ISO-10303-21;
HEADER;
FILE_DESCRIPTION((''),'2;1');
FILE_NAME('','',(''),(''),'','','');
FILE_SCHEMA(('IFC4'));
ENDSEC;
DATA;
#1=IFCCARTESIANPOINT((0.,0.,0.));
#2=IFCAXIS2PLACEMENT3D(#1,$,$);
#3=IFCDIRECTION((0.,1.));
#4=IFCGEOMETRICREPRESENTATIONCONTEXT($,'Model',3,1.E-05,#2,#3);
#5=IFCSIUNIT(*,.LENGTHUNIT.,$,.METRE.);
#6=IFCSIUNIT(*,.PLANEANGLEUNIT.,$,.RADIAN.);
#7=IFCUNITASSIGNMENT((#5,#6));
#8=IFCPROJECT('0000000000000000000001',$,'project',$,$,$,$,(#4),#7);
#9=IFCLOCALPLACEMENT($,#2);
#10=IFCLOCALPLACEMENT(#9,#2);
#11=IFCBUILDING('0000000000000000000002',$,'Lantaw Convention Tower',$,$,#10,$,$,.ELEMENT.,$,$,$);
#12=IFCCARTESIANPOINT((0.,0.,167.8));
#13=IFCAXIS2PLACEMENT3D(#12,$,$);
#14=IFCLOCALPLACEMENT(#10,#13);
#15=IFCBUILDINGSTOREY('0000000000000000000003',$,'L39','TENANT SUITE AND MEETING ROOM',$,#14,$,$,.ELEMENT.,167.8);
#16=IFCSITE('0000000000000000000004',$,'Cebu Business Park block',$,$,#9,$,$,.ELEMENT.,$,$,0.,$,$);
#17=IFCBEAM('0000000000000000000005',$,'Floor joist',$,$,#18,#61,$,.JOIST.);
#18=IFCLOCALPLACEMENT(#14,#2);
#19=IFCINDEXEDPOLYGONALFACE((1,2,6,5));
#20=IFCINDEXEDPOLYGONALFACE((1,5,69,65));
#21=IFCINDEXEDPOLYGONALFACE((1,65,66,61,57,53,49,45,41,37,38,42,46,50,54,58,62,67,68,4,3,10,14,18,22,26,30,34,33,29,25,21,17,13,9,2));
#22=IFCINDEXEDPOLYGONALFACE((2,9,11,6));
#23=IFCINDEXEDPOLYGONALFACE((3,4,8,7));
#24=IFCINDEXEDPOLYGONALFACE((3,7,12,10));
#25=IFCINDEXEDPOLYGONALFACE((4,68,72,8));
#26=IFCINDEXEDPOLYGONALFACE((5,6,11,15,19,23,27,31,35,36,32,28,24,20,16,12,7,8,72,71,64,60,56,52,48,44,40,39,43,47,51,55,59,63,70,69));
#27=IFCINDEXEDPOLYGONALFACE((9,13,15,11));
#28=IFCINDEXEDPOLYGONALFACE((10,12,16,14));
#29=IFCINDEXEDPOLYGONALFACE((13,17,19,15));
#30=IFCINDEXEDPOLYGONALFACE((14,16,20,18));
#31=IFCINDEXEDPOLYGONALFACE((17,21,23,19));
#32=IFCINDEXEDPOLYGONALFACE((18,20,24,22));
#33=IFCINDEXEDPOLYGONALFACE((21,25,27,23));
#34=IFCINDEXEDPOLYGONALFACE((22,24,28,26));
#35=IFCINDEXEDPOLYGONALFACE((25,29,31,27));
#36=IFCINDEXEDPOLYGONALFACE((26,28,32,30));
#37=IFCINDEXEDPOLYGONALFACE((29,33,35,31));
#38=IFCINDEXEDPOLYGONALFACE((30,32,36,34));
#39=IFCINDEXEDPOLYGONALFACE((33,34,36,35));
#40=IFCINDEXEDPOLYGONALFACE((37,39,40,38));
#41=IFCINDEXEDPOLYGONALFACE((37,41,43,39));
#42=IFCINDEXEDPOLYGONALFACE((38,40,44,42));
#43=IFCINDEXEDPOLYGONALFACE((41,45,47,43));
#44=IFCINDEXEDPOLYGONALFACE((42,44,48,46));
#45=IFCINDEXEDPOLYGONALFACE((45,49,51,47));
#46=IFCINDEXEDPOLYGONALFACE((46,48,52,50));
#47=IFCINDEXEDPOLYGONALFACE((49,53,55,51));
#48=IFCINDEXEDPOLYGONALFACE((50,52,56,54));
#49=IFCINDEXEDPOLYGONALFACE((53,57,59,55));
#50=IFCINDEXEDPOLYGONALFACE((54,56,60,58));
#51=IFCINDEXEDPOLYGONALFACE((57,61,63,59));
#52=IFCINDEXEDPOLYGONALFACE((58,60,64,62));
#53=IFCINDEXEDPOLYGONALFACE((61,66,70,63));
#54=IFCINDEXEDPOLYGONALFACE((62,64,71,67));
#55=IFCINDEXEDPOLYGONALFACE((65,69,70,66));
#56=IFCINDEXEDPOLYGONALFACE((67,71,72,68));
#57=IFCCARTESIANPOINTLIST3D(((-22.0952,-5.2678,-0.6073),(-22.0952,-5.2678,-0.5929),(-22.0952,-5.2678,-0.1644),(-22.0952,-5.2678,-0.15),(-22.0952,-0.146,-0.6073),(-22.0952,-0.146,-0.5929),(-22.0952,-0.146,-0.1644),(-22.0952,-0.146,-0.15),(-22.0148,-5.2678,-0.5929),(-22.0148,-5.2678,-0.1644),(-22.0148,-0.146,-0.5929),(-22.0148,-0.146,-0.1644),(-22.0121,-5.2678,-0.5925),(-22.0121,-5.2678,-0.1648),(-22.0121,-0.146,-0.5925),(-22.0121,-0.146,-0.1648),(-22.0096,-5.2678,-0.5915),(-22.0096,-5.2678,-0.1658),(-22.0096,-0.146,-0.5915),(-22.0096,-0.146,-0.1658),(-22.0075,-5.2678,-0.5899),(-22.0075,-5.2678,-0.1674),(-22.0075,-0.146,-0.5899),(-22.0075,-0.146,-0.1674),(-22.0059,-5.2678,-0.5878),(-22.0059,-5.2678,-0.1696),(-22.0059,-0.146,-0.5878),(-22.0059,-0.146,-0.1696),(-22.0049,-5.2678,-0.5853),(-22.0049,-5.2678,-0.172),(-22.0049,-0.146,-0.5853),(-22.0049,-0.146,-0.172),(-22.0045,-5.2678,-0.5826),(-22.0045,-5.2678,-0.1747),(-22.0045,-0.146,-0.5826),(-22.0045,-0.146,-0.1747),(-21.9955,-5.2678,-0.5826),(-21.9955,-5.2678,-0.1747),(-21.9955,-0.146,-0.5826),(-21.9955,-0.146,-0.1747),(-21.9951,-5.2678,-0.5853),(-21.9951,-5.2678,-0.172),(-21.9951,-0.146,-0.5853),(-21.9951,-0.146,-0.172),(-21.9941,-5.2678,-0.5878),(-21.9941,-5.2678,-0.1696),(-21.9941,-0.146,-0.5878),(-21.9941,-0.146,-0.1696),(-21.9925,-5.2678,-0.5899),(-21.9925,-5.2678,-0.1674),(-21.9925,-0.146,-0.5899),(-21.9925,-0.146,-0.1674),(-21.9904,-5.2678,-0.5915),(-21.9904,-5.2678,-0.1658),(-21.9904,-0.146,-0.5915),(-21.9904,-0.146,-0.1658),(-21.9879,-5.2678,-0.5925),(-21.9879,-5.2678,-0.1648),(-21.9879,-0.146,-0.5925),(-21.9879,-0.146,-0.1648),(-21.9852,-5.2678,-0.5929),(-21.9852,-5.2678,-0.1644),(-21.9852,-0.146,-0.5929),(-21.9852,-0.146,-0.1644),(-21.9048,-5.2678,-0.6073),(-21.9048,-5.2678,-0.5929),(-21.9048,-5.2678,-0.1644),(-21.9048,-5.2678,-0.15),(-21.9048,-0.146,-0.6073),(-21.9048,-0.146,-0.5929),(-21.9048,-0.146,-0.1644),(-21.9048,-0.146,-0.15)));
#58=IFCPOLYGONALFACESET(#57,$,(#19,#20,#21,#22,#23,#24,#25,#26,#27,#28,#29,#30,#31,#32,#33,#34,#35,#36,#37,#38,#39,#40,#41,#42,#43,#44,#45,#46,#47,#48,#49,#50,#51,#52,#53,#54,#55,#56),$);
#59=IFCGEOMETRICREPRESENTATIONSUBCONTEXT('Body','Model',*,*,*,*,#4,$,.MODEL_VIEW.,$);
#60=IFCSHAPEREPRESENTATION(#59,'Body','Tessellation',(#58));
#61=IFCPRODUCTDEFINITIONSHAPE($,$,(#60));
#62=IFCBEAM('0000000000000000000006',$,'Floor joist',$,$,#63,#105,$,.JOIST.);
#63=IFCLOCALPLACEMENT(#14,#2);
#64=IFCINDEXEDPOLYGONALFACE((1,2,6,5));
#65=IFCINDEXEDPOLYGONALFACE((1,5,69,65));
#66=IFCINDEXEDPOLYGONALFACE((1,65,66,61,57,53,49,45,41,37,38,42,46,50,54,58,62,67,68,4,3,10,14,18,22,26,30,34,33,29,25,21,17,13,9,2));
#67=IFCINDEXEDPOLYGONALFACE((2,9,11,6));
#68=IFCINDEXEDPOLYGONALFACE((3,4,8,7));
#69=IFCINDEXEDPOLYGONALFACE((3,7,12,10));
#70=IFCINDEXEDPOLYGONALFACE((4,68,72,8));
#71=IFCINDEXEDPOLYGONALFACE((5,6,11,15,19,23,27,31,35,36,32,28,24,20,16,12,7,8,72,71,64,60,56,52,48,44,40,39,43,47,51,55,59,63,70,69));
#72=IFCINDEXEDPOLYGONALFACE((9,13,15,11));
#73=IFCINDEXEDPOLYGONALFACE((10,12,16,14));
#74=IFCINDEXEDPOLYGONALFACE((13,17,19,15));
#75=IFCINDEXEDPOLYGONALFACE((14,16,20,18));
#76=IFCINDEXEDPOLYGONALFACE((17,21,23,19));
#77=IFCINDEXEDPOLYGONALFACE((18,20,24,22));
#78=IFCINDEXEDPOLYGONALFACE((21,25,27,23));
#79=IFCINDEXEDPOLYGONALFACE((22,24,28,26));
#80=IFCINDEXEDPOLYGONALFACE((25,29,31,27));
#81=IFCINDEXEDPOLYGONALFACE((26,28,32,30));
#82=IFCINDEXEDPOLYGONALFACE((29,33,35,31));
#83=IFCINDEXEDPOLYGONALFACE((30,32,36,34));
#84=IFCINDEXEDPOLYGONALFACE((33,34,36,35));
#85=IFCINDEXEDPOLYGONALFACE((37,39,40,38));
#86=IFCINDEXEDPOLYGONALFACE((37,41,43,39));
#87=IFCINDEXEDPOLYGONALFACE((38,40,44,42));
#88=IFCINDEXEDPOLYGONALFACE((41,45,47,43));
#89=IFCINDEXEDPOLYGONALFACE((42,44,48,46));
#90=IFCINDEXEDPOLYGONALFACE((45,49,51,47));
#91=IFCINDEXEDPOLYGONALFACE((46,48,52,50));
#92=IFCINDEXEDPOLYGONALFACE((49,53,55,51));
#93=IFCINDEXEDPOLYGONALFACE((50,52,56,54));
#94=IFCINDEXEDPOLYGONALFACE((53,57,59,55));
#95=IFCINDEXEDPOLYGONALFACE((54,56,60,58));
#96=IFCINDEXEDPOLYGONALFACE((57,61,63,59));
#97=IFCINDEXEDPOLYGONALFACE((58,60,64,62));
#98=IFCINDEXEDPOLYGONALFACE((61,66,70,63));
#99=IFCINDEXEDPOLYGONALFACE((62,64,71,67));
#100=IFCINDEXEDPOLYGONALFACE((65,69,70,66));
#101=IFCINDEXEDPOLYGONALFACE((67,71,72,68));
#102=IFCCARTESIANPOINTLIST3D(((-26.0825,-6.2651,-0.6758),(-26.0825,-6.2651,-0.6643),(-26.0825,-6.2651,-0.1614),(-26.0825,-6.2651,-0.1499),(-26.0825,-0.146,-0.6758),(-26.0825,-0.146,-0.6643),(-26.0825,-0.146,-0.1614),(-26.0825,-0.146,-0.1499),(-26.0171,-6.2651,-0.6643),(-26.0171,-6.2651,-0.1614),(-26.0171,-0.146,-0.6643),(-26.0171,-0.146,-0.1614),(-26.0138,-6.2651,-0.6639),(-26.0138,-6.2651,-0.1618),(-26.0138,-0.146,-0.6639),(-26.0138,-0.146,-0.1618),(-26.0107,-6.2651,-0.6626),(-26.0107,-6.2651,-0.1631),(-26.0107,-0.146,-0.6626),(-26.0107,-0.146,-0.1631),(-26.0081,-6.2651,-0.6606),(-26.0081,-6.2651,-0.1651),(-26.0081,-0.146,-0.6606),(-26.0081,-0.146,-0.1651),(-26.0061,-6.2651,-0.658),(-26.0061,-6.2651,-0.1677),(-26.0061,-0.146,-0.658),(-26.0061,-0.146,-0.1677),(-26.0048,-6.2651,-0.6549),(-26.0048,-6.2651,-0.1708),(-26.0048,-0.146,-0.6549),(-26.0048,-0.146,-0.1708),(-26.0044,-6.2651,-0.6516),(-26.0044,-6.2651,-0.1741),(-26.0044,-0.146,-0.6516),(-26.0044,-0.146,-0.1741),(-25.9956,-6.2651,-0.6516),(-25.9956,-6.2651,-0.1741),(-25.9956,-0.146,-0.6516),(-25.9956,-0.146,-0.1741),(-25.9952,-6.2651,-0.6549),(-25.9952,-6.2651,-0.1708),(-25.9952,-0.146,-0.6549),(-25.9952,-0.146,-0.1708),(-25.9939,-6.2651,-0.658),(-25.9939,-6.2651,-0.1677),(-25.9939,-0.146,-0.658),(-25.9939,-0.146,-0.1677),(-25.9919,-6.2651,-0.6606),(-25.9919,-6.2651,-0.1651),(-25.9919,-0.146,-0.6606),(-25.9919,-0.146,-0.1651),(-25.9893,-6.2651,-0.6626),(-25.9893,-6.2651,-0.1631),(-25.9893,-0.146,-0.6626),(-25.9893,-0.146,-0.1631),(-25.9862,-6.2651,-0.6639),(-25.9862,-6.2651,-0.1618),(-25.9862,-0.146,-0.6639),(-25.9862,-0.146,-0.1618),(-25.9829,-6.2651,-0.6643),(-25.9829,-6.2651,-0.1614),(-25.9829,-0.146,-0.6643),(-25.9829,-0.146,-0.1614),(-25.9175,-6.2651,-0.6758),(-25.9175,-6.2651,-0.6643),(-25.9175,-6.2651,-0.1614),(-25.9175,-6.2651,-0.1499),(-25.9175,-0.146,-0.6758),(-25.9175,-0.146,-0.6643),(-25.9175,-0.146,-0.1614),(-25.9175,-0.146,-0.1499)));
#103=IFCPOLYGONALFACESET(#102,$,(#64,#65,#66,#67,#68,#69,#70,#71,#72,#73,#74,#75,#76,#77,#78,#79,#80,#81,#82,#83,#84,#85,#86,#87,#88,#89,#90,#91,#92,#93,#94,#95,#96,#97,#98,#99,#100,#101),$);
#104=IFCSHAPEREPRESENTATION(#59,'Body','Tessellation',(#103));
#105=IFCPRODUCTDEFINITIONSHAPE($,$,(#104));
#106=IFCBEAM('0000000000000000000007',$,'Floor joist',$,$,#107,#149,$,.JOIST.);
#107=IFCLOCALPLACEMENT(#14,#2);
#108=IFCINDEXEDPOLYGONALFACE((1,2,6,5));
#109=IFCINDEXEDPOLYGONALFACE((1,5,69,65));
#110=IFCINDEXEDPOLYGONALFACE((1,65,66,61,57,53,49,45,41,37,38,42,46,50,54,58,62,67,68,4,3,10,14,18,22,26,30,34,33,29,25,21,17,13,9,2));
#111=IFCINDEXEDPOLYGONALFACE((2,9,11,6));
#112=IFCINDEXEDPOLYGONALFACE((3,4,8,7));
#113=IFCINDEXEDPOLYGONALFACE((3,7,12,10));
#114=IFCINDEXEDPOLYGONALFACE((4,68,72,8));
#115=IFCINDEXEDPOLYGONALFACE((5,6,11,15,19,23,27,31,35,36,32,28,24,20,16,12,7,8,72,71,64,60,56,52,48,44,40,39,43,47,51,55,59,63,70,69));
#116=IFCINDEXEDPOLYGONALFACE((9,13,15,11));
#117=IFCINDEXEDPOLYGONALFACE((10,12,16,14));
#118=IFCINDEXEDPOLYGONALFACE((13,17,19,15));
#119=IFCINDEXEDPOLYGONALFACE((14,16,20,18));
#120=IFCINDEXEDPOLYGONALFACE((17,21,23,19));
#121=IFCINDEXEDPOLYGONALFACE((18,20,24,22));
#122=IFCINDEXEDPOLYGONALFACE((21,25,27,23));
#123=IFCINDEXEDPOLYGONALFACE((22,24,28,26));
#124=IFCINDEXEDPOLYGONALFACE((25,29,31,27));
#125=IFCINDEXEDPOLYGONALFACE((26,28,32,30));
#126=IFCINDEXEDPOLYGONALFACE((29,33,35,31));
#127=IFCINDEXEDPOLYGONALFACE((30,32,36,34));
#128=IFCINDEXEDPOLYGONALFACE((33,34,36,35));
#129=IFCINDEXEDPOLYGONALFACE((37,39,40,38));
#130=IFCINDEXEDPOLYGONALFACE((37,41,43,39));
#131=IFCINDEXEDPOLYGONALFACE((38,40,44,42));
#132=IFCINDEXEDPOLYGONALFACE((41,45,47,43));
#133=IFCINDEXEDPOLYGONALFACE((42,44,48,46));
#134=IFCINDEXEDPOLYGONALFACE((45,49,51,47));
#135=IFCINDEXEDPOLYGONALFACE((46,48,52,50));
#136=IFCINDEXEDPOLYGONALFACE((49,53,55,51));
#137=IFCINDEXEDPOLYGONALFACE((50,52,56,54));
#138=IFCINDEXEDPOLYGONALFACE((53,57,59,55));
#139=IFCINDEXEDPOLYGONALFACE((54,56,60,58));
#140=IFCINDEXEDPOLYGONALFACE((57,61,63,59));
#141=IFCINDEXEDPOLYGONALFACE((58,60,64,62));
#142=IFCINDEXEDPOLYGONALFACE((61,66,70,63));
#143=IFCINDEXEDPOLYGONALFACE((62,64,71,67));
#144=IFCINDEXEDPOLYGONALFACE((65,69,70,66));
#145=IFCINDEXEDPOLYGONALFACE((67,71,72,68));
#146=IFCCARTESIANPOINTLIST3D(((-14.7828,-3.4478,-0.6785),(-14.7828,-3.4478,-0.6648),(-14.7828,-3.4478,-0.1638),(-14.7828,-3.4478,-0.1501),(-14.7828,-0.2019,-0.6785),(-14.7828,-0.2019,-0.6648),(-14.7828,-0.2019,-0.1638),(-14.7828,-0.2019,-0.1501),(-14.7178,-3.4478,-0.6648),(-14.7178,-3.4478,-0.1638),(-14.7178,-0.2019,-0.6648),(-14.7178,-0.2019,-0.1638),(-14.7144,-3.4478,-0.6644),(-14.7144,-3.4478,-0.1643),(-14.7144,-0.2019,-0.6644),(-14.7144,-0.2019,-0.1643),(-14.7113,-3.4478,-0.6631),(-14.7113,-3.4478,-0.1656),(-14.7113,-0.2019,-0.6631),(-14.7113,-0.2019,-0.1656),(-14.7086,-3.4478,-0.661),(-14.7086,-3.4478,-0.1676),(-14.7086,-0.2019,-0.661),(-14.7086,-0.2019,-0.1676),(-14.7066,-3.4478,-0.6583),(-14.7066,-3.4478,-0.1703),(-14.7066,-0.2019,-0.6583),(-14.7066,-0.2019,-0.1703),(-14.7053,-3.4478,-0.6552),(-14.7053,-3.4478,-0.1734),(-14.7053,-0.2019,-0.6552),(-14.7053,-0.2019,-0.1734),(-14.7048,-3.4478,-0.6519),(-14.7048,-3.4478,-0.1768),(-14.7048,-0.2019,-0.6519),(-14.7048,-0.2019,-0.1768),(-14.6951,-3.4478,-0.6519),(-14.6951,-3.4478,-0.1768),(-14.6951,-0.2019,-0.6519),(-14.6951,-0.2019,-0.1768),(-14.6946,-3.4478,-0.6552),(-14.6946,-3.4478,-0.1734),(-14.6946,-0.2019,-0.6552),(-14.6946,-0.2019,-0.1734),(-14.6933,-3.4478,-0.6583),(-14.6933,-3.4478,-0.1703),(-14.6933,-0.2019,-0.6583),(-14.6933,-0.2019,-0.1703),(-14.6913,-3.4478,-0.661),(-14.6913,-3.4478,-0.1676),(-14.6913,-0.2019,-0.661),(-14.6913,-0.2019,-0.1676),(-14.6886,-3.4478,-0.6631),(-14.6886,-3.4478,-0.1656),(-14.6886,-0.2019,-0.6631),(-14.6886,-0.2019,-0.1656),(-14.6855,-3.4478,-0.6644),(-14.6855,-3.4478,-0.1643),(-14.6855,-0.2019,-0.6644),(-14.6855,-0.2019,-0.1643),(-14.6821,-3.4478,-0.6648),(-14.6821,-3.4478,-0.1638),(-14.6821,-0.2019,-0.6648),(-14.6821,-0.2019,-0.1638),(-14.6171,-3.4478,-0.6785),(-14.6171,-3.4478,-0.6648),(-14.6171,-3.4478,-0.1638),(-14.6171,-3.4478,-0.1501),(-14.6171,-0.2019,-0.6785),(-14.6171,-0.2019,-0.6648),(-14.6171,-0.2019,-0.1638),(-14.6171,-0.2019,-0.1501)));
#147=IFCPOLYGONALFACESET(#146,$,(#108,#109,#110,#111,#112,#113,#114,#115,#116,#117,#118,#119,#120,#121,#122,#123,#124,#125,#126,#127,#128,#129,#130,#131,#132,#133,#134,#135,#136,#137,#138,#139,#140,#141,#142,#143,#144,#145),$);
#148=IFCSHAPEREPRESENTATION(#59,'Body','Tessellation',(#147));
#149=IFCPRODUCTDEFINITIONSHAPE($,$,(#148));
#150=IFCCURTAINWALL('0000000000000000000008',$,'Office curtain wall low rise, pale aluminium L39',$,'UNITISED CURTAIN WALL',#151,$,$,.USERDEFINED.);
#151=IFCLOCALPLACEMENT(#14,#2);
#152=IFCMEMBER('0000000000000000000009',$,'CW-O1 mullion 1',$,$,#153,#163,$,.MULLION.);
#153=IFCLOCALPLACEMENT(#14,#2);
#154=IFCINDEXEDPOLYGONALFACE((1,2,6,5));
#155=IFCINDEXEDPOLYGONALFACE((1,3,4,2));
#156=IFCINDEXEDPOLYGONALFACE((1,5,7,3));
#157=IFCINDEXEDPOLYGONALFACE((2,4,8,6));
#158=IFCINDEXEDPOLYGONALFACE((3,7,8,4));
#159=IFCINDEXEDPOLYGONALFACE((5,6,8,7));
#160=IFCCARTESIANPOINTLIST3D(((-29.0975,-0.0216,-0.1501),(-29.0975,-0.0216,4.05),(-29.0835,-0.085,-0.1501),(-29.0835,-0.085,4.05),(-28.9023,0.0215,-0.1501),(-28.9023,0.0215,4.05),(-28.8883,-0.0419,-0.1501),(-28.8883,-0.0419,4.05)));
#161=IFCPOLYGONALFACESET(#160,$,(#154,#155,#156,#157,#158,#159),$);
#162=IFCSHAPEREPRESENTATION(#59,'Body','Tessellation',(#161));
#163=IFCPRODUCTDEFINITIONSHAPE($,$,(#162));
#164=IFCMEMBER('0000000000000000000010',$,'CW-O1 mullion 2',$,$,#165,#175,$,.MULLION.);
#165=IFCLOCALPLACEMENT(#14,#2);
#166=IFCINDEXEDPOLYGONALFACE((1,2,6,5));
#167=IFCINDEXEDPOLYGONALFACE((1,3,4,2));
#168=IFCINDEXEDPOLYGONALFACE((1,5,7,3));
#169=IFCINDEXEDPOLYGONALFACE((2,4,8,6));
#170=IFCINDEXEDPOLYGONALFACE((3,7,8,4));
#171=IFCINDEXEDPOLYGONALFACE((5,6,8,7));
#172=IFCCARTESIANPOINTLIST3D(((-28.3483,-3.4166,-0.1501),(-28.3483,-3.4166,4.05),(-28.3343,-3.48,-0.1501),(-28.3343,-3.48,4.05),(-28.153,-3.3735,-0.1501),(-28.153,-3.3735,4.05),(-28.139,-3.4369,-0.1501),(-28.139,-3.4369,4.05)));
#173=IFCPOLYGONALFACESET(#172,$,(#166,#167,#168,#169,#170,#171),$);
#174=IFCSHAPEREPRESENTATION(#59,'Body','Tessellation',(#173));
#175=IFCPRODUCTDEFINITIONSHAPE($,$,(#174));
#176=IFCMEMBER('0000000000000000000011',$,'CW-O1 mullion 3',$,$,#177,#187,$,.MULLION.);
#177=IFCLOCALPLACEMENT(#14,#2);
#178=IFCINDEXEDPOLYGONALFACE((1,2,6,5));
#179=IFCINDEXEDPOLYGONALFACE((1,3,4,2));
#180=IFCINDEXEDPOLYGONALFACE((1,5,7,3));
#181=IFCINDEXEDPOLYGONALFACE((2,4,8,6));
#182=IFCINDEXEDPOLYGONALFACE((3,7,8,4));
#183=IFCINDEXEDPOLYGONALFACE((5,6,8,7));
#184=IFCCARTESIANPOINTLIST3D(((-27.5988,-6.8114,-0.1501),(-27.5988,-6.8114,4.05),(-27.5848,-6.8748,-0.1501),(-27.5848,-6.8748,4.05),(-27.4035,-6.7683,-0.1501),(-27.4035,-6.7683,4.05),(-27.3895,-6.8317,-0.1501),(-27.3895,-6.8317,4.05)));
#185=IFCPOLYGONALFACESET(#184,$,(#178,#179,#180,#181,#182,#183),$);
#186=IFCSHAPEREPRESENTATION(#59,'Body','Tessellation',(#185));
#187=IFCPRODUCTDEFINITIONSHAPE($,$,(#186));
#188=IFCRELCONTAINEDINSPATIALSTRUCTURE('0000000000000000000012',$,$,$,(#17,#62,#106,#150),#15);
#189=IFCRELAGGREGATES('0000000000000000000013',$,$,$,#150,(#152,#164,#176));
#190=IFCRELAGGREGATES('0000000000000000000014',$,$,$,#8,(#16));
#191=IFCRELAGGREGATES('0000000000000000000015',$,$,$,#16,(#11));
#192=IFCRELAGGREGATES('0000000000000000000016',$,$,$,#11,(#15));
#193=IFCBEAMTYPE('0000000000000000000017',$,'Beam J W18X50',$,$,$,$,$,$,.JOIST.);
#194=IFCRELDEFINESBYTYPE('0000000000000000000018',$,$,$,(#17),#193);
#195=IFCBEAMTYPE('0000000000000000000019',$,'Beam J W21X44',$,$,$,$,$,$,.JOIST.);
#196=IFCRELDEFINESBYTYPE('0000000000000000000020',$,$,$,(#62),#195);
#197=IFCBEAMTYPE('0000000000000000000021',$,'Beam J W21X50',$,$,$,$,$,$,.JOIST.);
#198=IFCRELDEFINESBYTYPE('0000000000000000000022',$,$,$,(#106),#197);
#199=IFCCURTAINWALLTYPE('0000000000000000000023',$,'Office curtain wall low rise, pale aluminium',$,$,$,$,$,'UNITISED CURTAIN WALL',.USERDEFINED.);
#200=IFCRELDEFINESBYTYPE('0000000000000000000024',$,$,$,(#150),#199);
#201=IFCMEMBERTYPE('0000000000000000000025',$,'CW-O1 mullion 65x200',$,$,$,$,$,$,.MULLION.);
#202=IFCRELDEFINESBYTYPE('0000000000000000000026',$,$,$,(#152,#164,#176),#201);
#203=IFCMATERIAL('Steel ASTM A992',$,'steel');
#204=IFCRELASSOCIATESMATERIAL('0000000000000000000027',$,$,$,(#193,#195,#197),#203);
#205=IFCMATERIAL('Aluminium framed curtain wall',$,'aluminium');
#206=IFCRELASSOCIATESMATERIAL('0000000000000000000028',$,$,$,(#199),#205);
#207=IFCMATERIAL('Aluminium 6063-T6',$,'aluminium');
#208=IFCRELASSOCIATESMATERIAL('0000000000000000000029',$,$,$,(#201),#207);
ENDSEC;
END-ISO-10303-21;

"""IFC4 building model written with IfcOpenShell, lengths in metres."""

from ifc_helpers import new_model, si_unit, direction, frame, origin, origin_2d, place, context, subcontext, project, spatial, rectangle, i_section, extrude, material, material_profile, profile_set, type_object, element, aggregate, save


model = new_model("IFC4")

# Units and contexts
model_context = context("Model", 3, precision=1e-05, world=origin(), true_north=direction((0.0, 1.0)))
body_context = subcontext(model_context, "Body", "Model", "MODEL_VIEW")
ifc_project = project(units=[si_unit("LENGTHUNIT", "METRE"), si_unit("PLANEANGLEUNIT", "RADIAN")], contexts=[model_context])

# Site, building, storey
site_placement = place(None, origin())
site = spatial("IfcSite", under=ifc_project, at=site_placement, Name="Cebu Business Park block", CompositionType="ELEMENT", RefElevation=0.0)
building_placement = place(site_placement, origin())
building = spatial("IfcBuilding", under=site, at=building_placement, Name="Lantaw Convention Tower", CompositionType="ELEMENT")
storey_placement = place(building_placement, frame((0.0, 0.0, 167.8)))
storey = spatial("IfcBuildingStorey", under=building, at=storey_placement, Name="L39", Description="TENANT SUITE AND MEETING ROOM", CompositionType="ELEMENT", Elevation=167.8)

# Beams
ifc_material_1 = material(Name="Steel ASTM A992", Category="steel")
ifc_material_profile_1 = material_profile(ifc_material_1, i_section(OverallWidth=0.1904, OverallDepth=0.4573, WebThickness=0.009, FlangeThickness=0.0144, FilletRadius=0.0103, at=origin_2d()), Name="W18X50")
ifc_profile_set_1 = profile_set([ifc_material_profile_1], Name="Steel ASTM A992")
beam_type_1 = type_object("IfcBeamType", Name="Beam J W18X50", PredefinedType="JOIST", material=ifc_profile_set_1)
beam_1_placement = place(storey_placement, frame((-22.0, -5.2678, -0.3787), z_axis=(0.0, 1.0, 0.0), x_axis=(-1.0, 0.0, 0.0)))
element("IfcBeam", 1, at=beam_1_placement, inside=storey, type_object=beam_type_1, Name="Floor joist", PredefinedType="JOIST", context=body_context, shape_type="SweptSolid", body=[
    extrude(i_section(OverallWidth=0.1904, OverallDepth=0.4573, WebThickness=0.009, FlangeThickness=0.0144, FilletRadius=0.0103, at=origin_2d()), origin(), (0.0, 0.0, 1.0), 5.1218),
])
ifc_material_profile_2 = material_profile(ifc_material_1, i_section(OverallWidth=0.165, OverallDepth=0.5259, WebThickness=0.0088, FlangeThickness=0.0115, FilletRadius=0.0127, at=origin_2d()), Name="W21X44")
ifc_profile_set_2 = profile_set([ifc_material_profile_2], Name="Steel ASTM A992")
beam_type_2 = type_object("IfcBeamType", Name="Beam J W21X44", PredefinedType="JOIST", material=ifc_profile_set_2)
beam_2_placement = place(storey_placement, frame((-26.0, -6.2651, -0.4128), z_axis=(0.0, 1.0, 0.0), x_axis=(-1.0, 0.0, 0.0)))
element("IfcBeam", 2, at=beam_2_placement, inside=storey, type_object=beam_type_2, Name="Floor joist", PredefinedType="JOIST", context=body_context, shape_type="SweptSolid", body=[
    extrude(i_section(OverallWidth=0.165, OverallDepth=0.5259, WebThickness=0.0088, FlangeThickness=0.0115, FilletRadius=0.0127, at=origin_2d()), origin(), (0.0, 0.0, 1.0), 6.1191),
])
ifc_material_profile_3 = material_profile(ifc_material_1, i_section(OverallWidth=0.1658, OverallDepth=0.5283, WebThickness=0.0098, FlangeThickness=0.0137, FilletRadius=0.0129, at=origin_2d()), Name="W21X50")
ifc_profile_set_3 = profile_set([ifc_material_profile_3], Name="Steel ASTM A992")
beam_type_3 = type_object("IfcBeamType", Name="Beam J W21X50", PredefinedType="JOIST", material=ifc_profile_set_3)
beam_3_placement = place(storey_placement, frame((-14.7, -3.4478, -0.4143), z_axis=(0.0, 1.0, 0.0), x_axis=(-1.0, 0.0, 0.0)))
element("IfcBeam", 3, at=beam_3_placement, inside=storey, type_object=beam_type_3, Name="Floor joist", PredefinedType="JOIST", context=body_context, shape_type="SweptSolid", body=[
    extrude(i_section(OverallWidth=0.1658, OverallDepth=0.5283, WebThickness=0.0098, FlangeThickness=0.0137, FilletRadius=0.0129, at=origin_2d()), origin(), (0.0, 0.0, 1.0), 3.2458),
])

# Curtain wall, members
ifc_material_2 = material(Name="Aluminium framed curtain wall", Category="aluminium")
curtain_wall_type = type_object("IfcCurtainWallType", Name="Office curtain wall low rise, pale aluminium", ElementType="UNITISED CURTAIN WALL", PredefinedType="USERDEFINED", material=ifc_material_2)
curtain_wall_1_placement = place(storey_placement, origin())
curtain_wall_1 = element("IfcCurtainWall", 4, at=curtain_wall_1_placement, inside=storey, type_object=curtain_wall_type, Name="Office curtain wall low rise, pale aluminium L39", ObjectType="UNITISED CURTAIN WALL", PredefinedType="USERDEFINED")
ifc_material_3 = material(Name="Aluminium 6063-T6", Category="aluminium")
ifc_material_profile_4 = material_profile(ifc_material_3, rectangle(XDim=0.2, YDim=0.0649, at=origin_2d()), Name="CW-O1 mullion 65x200")
ifc_profile_set_4 = profile_set([ifc_material_profile_4], Name="Aluminium 6063-T6")
member_type_1 = type_object("IfcMemberType", Name="CW-O1 mullion 65x200", PredefinedType="MULLION", material=ifc_profile_set_4)
member_1_placement = place(storey_placement, frame((-28.9929, -0.0317, -0.1501), z_axis=(0.0, 0.0, 1.0), x_axis=(0.976494, 0.215546, 0.0)))
member_1 = element("IfcMember", 5, at=member_1_placement, type_object=member_type_1, Name="CW-O1 mullion 1", PredefinedType="MULLION", context=body_context, shape_type="SweptSolid", body=[
    extrude(rectangle(XDim=0.2, YDim=0.0649, at=origin_2d()), origin(), (0.0, 0.0, 1.0), 4.2002),
])
member_2_placement = place(storey_placement, frame((-28.2437, -3.4268, -0.1501), z_axis=(0.0, 0.0, 1.0), x_axis=(0.976494, 0.215546, 0.0)))
member_2 = element("IfcMember", 6, at=member_2_placement, type_object=member_type_1, Name="CW-O1 mullion 2", PredefinedType="MULLION", context=body_context, shape_type="SweptSolid", body=[
    extrude(rectangle(XDim=0.2, YDim=0.0649, at=origin_2d()), origin(), (0.0, 0.0, 1.0), 4.2002),
])
member_3_placement = place(storey_placement, frame((-27.4941, -6.8215, -0.1501), z_axis=(0.0, 0.0, 1.0), x_axis=(0.976494, 0.215546, 0.0)))
member_3 = element("IfcMember", 7, at=member_3_placement, type_object=member_type_1, Name="CW-O1 mullion 3", PredefinedType="MULLION", context=body_context, shape_type="SweptSolid", body=[
    extrude(rectangle(XDim=0.2, YDim=0.0649, at=origin_2d()), origin(), (0.0, 0.0, 1.0), 4.2002),
])

aggregate(curtain_wall_1, [member_1, member_2, member_3])

save(model, "model.ifc")
